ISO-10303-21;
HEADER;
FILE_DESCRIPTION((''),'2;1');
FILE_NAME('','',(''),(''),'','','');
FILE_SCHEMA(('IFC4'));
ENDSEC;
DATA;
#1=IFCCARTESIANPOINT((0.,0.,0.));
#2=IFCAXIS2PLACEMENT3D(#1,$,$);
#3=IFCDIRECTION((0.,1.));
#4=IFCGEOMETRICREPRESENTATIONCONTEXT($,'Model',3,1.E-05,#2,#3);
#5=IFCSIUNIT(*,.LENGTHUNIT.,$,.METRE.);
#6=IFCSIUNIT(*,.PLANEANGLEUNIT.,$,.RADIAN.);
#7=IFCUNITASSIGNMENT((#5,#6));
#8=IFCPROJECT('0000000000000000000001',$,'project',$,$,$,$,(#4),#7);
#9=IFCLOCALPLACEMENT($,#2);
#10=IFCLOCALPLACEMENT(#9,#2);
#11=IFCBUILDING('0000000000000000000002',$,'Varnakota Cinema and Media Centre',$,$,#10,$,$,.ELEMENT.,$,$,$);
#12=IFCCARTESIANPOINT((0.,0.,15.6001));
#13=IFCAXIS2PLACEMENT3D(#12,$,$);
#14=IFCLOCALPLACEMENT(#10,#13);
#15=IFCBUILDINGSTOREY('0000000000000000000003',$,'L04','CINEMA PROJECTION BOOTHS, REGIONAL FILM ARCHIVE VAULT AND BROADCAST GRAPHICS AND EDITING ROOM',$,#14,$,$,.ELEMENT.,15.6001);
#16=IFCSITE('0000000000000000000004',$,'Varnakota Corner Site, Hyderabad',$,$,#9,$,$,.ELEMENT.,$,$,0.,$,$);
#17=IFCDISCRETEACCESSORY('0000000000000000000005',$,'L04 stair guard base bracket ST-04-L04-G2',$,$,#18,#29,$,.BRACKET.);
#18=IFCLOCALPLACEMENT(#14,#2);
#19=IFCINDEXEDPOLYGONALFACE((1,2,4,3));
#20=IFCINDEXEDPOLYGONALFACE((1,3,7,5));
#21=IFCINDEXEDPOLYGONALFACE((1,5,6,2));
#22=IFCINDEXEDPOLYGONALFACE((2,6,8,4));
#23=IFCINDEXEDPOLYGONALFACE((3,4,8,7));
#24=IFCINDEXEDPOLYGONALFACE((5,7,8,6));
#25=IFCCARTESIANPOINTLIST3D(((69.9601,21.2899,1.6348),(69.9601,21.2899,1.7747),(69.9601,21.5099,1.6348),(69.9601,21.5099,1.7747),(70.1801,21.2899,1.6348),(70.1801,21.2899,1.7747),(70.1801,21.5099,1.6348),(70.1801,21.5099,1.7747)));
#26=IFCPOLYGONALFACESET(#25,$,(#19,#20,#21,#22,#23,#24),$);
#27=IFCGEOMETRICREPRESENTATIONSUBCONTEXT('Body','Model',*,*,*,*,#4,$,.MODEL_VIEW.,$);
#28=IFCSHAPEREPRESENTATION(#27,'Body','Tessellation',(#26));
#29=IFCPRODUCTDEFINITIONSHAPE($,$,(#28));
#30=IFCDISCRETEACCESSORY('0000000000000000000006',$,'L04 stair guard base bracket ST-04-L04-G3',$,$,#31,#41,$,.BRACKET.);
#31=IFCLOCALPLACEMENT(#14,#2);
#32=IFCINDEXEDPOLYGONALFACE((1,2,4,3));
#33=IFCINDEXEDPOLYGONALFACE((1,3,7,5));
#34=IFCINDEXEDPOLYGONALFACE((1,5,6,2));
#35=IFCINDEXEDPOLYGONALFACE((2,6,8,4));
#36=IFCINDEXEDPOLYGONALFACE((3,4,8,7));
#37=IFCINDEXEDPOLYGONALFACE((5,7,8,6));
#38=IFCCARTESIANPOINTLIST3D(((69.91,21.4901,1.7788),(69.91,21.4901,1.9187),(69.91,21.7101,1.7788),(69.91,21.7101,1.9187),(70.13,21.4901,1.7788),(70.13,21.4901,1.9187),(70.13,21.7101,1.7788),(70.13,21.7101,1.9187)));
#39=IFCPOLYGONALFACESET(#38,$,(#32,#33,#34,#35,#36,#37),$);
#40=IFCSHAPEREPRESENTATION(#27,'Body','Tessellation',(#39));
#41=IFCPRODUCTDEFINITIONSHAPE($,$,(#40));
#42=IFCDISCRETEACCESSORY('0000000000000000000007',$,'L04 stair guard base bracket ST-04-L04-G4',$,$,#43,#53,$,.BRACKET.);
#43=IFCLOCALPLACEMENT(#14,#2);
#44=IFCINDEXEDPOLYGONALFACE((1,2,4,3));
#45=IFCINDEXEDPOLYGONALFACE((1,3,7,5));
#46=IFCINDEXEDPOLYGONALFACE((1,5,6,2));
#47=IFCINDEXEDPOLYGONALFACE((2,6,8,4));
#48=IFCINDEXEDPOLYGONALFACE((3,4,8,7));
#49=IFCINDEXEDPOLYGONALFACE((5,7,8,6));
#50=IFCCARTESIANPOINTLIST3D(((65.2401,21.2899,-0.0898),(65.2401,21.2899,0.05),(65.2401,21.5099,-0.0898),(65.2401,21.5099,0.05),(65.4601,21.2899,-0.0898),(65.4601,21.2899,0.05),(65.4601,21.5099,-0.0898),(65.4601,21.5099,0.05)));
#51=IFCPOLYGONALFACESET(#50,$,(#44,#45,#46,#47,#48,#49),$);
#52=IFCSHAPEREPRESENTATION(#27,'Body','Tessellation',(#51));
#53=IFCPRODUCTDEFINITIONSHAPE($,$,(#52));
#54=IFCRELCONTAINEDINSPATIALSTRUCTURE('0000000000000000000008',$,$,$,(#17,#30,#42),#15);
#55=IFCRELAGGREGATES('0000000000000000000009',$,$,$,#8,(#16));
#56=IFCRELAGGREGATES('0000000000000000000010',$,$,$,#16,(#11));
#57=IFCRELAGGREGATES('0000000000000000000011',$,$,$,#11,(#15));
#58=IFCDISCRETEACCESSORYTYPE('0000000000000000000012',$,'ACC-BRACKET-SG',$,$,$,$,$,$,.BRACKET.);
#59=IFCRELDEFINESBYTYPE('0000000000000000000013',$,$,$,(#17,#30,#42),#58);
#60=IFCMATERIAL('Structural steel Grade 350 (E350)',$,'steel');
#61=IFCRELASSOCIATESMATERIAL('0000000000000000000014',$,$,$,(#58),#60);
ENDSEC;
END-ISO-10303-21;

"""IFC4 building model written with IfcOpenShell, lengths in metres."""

from ifc_helpers import new_model, si_unit, direction, frame, origin, origin_2d, place, context, subcontext, project, spatial, rectangle, extrude, material, type_object, element, save


model = new_model("IFC4")

# Units and contexts
model_context = context("Model", 3, precision=1e-05, world=origin(), true_north=direction((0.0, 1.0)))
body_context = subcontext(model_context, "Body", "Model", "MODEL_VIEW")
ifc_project = project(units=[si_unit("LENGTHUNIT", "METRE"), si_unit("PLANEANGLEUNIT", "RADIAN")], contexts=[model_context])

# Site, building, storey
site_placement = place(None, origin())
site = spatial("IfcSite", under=ifc_project, at=site_placement, Name="Varnakota Corner Site, Hyderabad", CompositionType="ELEMENT", RefElevation=0.0)
building_placement = place(site_placement, origin())
building = spatial("IfcBuilding", under=site, at=building_placement, Name="Varnakota Cinema and Media Centre", CompositionType="ELEMENT")
storey_placement = place(building_placement, frame((0.0, 0.0, 15.6001)))
storey = spatial("IfcBuildingStorey", under=building, at=storey_placement, Name="L04", Description="CINEMA PROJECTION BOOTHS, REGIONAL FILM ARCHIVE VAULT AND BROADCAST GRAPHICS AND EDITING ROOM", CompositionType="ELEMENT", Elevation=15.6001)

# Discrete accessories
ifc_material_1 = material(Name="Structural steel Grade 350 (E350)", Category="steel")
discrete_accessory_type = type_object("IfcDiscreteAccessoryType", Name="ACC-BRACKET-SG", PredefinedType="BRACKET", material=ifc_material_1)
for number, where, z_axis, x_axis, name in (
    (1, (70.0701, 21.3999, 1.6348), (0.0, 0.0, 1.0), (1.0, 0.0, 0.0), "L04 stair guard base bracket ST-04-L04-G2"),
    (2, (70.02, 21.6001, 1.7788), (0.0, 0.0, 1.0), (1.0, 0.0, 0.0), "L04 stair guard base bracket ST-04-L04-G3"),
    (3, (65.3501, 21.3999, -0.0898), (0.0, 0.0, 1.0), (1.0, 0.0, 0.0), "L04 stair guard base bracket ST-04-L04-G4"),
):
    element("IfcDiscreteAccessory", number, at=place(storey_placement, frame(where, z_axis=z_axis, x_axis=x_axis)), inside=storey, type_object=discrete_accessory_type, Name=name, PredefinedType="BRACKET", context=body_context, shape_type="SweptSolid", body=[
        extrude(rectangle(XDim=0.22, YDim=0.22, at=origin_2d()), origin(), (0.0, 0.0, 1.0), 0.1399),
    ])

save(model, "model.ifc")
